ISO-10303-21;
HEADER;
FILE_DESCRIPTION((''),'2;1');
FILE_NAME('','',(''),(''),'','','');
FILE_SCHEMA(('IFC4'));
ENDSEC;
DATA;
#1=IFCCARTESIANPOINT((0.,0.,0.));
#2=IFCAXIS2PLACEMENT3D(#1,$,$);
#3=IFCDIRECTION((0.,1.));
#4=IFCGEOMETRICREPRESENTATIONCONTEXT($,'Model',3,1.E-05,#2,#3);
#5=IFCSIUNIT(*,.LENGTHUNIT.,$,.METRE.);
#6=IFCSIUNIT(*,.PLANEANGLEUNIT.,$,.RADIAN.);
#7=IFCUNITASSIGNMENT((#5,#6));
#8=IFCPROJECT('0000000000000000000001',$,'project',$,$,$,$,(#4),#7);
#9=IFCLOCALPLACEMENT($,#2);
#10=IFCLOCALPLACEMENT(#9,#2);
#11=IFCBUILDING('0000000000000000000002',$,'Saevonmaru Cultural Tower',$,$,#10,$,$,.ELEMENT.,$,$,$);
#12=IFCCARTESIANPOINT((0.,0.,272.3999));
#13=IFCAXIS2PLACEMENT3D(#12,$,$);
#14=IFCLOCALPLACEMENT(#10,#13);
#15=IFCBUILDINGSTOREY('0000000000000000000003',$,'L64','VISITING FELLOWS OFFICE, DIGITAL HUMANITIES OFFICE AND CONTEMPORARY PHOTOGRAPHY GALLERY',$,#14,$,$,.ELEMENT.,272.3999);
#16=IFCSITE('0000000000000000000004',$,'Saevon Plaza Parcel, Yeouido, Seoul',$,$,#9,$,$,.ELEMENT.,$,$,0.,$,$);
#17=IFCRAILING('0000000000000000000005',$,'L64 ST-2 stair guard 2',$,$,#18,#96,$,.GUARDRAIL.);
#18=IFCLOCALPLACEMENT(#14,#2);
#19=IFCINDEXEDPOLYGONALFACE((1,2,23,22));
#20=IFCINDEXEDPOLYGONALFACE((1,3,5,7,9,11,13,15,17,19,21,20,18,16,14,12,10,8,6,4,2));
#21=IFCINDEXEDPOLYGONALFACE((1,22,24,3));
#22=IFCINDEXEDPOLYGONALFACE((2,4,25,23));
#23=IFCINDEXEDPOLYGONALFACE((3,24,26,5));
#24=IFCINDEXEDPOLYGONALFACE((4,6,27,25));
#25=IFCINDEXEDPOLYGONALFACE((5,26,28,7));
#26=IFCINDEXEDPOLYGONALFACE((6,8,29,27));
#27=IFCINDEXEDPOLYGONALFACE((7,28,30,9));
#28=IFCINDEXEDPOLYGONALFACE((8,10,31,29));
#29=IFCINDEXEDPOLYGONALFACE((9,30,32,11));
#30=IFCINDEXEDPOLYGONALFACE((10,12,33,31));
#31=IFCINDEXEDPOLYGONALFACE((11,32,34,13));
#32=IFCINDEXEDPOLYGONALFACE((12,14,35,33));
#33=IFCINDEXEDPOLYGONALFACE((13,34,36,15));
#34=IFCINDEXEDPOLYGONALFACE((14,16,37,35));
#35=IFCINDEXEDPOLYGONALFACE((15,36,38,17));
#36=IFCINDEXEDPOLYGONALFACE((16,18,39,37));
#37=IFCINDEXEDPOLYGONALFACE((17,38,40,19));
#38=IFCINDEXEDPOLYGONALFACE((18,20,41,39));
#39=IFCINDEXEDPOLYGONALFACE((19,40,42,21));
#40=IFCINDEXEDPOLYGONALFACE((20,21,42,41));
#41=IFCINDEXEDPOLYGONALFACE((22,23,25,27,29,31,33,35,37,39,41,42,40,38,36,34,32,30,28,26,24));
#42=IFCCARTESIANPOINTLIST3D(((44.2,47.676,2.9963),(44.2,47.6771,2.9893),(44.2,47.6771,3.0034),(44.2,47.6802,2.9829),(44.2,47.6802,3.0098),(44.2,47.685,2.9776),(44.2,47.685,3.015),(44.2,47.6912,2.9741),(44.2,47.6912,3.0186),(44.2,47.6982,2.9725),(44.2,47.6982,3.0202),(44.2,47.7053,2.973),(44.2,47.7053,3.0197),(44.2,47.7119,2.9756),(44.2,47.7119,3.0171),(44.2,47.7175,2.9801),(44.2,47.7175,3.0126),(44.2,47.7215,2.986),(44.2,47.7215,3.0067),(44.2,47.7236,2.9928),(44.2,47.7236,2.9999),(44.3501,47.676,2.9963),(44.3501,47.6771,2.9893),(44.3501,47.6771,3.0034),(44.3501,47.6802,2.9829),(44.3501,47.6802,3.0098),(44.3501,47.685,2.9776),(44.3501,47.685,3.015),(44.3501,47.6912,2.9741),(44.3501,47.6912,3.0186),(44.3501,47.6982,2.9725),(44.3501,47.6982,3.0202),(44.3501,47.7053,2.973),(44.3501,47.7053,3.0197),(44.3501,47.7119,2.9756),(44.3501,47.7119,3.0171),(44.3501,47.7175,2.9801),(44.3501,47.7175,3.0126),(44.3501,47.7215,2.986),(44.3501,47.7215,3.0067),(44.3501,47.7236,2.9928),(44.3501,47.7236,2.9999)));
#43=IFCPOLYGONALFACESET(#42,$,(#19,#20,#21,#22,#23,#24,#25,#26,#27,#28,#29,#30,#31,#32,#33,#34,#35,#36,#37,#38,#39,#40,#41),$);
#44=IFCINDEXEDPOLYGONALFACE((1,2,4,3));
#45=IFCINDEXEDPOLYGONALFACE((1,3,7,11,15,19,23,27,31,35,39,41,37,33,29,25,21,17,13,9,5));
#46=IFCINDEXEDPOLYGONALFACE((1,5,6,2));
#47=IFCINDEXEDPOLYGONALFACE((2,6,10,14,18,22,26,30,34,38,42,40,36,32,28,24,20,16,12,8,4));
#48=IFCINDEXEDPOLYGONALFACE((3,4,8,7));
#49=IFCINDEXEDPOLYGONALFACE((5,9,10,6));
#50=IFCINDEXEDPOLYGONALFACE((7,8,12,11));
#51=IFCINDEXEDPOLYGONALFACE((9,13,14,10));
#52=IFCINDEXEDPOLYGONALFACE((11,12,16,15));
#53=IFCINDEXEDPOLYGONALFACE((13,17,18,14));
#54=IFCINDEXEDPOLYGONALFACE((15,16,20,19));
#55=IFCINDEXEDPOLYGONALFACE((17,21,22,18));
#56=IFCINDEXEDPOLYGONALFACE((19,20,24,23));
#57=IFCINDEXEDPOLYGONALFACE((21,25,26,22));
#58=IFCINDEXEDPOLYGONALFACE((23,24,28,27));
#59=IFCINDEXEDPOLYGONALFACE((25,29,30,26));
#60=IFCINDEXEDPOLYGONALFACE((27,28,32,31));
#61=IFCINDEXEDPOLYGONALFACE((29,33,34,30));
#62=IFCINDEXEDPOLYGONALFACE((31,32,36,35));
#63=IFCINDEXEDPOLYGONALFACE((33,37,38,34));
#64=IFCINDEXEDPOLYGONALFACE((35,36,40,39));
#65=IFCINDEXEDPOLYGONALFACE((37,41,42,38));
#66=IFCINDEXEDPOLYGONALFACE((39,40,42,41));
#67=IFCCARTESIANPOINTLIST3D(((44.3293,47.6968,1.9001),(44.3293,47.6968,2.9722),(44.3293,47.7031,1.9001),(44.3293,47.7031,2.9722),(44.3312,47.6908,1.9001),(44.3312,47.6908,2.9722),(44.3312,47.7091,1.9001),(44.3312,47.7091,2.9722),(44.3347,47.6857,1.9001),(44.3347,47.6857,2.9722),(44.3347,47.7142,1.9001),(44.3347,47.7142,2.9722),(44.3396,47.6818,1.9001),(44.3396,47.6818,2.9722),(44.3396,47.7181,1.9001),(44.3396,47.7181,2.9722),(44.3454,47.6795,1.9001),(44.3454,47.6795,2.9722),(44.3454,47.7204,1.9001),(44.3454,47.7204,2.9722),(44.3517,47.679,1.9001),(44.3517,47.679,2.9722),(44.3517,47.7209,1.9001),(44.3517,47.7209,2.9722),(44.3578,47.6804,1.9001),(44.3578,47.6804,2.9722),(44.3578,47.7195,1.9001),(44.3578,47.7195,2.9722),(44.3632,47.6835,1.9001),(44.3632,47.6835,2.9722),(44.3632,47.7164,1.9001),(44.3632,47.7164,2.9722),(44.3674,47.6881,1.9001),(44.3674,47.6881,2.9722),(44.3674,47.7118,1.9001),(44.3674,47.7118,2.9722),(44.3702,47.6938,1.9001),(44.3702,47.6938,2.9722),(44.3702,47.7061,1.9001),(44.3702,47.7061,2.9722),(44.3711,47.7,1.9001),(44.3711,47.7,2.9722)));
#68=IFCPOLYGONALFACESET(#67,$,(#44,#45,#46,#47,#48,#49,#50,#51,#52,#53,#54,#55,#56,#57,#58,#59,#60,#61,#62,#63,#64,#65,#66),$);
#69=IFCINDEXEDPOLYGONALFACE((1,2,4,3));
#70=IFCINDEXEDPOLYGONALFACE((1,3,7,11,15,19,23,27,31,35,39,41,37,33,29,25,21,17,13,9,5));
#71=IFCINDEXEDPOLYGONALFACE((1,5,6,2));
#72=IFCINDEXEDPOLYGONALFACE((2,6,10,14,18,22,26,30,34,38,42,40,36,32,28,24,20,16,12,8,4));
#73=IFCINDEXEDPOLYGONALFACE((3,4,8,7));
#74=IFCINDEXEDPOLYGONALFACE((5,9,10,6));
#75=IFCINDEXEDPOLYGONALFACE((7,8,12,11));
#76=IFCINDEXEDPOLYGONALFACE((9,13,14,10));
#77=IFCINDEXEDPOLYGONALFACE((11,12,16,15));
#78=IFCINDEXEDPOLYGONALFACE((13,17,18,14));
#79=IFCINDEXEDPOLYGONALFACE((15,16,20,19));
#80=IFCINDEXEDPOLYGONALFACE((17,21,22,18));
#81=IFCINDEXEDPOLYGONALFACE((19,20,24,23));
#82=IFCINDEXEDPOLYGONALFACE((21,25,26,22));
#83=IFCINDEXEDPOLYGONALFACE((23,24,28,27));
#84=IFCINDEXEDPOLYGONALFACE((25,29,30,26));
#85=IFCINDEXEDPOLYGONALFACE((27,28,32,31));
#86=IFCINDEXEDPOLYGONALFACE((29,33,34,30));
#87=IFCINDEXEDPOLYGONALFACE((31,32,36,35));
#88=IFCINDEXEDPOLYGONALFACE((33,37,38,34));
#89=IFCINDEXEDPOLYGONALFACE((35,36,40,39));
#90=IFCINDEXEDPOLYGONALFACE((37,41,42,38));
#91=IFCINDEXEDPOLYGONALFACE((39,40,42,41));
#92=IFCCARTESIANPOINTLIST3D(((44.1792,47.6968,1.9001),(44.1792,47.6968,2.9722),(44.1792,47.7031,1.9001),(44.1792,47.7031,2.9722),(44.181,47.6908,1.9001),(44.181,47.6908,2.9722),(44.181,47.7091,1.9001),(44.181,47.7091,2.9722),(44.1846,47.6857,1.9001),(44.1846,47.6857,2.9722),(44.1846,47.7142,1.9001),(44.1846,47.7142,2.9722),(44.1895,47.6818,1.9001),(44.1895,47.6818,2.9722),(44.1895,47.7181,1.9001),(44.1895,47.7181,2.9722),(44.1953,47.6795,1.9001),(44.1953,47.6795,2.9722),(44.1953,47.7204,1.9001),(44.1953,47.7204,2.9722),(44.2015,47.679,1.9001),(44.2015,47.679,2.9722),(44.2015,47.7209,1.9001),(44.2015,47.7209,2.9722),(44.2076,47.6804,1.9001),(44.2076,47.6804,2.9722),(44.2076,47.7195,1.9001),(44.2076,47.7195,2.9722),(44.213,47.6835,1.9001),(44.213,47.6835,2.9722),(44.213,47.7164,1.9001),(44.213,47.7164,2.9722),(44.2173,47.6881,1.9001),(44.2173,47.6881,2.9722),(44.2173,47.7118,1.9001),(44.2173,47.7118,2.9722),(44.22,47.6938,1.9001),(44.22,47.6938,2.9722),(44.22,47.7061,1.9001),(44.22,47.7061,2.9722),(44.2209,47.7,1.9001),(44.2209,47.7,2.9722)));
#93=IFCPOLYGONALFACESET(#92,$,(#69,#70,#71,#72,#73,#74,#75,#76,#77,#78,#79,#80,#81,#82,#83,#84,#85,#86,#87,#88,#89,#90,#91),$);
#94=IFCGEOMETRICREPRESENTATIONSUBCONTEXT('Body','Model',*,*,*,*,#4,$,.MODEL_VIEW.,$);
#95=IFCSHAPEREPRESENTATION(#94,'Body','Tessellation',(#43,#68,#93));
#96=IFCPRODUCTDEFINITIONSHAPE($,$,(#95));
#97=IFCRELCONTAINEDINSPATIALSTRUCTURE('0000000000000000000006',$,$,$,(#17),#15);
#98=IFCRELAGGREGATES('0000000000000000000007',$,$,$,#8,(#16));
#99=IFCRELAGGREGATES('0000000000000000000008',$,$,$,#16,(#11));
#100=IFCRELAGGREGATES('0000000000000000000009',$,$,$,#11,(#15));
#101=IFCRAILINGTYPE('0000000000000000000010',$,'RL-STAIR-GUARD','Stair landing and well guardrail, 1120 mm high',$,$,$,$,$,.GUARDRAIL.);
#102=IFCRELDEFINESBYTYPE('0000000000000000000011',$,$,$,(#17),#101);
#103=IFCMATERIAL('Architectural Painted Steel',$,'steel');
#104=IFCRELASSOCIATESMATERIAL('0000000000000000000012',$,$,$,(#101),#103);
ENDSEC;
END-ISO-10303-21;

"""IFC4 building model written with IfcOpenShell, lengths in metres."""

from ifc_helpers import new_model, si_unit, direction, frame, origin, origin_2d, place, context, subcontext, project, spatial, circle, extrude, material, type_object, element, save


model = new_model("IFC4")

# Units and contexts
model_context = context("Model", 3, precision=1e-05, world=origin(), true_north=direction((0.0, 1.0)))
body_context = subcontext(model_context, "Body", "Model", "MODEL_VIEW")
ifc_project = project(units=[si_unit("LENGTHUNIT", "METRE"), si_unit("PLANEANGLEUNIT", "RADIAN")], contexts=[model_context])

# Site, building, storey
site_placement = place(None, origin())
site = spatial("IfcSite", under=ifc_project, at=site_placement, Name="Saevon Plaza Parcel, Yeouido, Seoul", CompositionType="ELEMENT", RefElevation=0.0)
building_placement = place(site_placement, origin())
building = spatial("IfcBuilding", under=site, at=building_placement, Name="Saevonmaru Cultural Tower", CompositionType="ELEMENT")
storey_placement = place(building_placement, frame((0.0, 0.0, 272.3999)))
storey = spatial("IfcBuildingStorey", under=building, at=storey_placement, Name="L64", Description="VISITING FELLOWS OFFICE, DIGITAL HUMANITIES OFFICE AND CONTEMPORARY PHOTOGRAPHY GALLERY", CompositionType="ELEMENT", Elevation=272.3999)

# Railing
ifc_material_1 = material(Name="Architectural Painted Steel", Category="steel")
railing_type_1 = type_object("IfcRailingType", Name="RL-STAIR-GUARD", Description="Stair landing and well guardrail, 1120 mm high", PredefinedType="GUARDRAIL", material=ifc_material_1)
railing_1_placement = place(storey_placement, frame((44.3501, 47.7, 1.9001)))
element("IfcRailing", 1, at=railing_1_placement, inside=storey, type_object=railing_type_1, Name="L64 ST-2 stair guard 2", PredefinedType="GUARDRAIL", context=body_context, shape_type="SweptSolid", body=[
    extrude(circle(Radius=0.0239, at=origin_2d()), frame((0.0, 0.0, 1.0962), z_axis=(-1.0, 0.0, 0.0), x_axis=(0.0, -1.0, 0.0)), (0.0, 0.0, 1.0), 0.1501),
    extrude(circle(Radius=0.021, at=origin_2d()), origin(), (0.0, 0.0, 1.0), 1.072),
    extrude(circle(Radius=0.021, at=origin_2d()), frame((-0.1501, 0.0, 0.0)), (0.0, 0.0, 1.0), 1.072),
])

save(model, "model.ifc")
